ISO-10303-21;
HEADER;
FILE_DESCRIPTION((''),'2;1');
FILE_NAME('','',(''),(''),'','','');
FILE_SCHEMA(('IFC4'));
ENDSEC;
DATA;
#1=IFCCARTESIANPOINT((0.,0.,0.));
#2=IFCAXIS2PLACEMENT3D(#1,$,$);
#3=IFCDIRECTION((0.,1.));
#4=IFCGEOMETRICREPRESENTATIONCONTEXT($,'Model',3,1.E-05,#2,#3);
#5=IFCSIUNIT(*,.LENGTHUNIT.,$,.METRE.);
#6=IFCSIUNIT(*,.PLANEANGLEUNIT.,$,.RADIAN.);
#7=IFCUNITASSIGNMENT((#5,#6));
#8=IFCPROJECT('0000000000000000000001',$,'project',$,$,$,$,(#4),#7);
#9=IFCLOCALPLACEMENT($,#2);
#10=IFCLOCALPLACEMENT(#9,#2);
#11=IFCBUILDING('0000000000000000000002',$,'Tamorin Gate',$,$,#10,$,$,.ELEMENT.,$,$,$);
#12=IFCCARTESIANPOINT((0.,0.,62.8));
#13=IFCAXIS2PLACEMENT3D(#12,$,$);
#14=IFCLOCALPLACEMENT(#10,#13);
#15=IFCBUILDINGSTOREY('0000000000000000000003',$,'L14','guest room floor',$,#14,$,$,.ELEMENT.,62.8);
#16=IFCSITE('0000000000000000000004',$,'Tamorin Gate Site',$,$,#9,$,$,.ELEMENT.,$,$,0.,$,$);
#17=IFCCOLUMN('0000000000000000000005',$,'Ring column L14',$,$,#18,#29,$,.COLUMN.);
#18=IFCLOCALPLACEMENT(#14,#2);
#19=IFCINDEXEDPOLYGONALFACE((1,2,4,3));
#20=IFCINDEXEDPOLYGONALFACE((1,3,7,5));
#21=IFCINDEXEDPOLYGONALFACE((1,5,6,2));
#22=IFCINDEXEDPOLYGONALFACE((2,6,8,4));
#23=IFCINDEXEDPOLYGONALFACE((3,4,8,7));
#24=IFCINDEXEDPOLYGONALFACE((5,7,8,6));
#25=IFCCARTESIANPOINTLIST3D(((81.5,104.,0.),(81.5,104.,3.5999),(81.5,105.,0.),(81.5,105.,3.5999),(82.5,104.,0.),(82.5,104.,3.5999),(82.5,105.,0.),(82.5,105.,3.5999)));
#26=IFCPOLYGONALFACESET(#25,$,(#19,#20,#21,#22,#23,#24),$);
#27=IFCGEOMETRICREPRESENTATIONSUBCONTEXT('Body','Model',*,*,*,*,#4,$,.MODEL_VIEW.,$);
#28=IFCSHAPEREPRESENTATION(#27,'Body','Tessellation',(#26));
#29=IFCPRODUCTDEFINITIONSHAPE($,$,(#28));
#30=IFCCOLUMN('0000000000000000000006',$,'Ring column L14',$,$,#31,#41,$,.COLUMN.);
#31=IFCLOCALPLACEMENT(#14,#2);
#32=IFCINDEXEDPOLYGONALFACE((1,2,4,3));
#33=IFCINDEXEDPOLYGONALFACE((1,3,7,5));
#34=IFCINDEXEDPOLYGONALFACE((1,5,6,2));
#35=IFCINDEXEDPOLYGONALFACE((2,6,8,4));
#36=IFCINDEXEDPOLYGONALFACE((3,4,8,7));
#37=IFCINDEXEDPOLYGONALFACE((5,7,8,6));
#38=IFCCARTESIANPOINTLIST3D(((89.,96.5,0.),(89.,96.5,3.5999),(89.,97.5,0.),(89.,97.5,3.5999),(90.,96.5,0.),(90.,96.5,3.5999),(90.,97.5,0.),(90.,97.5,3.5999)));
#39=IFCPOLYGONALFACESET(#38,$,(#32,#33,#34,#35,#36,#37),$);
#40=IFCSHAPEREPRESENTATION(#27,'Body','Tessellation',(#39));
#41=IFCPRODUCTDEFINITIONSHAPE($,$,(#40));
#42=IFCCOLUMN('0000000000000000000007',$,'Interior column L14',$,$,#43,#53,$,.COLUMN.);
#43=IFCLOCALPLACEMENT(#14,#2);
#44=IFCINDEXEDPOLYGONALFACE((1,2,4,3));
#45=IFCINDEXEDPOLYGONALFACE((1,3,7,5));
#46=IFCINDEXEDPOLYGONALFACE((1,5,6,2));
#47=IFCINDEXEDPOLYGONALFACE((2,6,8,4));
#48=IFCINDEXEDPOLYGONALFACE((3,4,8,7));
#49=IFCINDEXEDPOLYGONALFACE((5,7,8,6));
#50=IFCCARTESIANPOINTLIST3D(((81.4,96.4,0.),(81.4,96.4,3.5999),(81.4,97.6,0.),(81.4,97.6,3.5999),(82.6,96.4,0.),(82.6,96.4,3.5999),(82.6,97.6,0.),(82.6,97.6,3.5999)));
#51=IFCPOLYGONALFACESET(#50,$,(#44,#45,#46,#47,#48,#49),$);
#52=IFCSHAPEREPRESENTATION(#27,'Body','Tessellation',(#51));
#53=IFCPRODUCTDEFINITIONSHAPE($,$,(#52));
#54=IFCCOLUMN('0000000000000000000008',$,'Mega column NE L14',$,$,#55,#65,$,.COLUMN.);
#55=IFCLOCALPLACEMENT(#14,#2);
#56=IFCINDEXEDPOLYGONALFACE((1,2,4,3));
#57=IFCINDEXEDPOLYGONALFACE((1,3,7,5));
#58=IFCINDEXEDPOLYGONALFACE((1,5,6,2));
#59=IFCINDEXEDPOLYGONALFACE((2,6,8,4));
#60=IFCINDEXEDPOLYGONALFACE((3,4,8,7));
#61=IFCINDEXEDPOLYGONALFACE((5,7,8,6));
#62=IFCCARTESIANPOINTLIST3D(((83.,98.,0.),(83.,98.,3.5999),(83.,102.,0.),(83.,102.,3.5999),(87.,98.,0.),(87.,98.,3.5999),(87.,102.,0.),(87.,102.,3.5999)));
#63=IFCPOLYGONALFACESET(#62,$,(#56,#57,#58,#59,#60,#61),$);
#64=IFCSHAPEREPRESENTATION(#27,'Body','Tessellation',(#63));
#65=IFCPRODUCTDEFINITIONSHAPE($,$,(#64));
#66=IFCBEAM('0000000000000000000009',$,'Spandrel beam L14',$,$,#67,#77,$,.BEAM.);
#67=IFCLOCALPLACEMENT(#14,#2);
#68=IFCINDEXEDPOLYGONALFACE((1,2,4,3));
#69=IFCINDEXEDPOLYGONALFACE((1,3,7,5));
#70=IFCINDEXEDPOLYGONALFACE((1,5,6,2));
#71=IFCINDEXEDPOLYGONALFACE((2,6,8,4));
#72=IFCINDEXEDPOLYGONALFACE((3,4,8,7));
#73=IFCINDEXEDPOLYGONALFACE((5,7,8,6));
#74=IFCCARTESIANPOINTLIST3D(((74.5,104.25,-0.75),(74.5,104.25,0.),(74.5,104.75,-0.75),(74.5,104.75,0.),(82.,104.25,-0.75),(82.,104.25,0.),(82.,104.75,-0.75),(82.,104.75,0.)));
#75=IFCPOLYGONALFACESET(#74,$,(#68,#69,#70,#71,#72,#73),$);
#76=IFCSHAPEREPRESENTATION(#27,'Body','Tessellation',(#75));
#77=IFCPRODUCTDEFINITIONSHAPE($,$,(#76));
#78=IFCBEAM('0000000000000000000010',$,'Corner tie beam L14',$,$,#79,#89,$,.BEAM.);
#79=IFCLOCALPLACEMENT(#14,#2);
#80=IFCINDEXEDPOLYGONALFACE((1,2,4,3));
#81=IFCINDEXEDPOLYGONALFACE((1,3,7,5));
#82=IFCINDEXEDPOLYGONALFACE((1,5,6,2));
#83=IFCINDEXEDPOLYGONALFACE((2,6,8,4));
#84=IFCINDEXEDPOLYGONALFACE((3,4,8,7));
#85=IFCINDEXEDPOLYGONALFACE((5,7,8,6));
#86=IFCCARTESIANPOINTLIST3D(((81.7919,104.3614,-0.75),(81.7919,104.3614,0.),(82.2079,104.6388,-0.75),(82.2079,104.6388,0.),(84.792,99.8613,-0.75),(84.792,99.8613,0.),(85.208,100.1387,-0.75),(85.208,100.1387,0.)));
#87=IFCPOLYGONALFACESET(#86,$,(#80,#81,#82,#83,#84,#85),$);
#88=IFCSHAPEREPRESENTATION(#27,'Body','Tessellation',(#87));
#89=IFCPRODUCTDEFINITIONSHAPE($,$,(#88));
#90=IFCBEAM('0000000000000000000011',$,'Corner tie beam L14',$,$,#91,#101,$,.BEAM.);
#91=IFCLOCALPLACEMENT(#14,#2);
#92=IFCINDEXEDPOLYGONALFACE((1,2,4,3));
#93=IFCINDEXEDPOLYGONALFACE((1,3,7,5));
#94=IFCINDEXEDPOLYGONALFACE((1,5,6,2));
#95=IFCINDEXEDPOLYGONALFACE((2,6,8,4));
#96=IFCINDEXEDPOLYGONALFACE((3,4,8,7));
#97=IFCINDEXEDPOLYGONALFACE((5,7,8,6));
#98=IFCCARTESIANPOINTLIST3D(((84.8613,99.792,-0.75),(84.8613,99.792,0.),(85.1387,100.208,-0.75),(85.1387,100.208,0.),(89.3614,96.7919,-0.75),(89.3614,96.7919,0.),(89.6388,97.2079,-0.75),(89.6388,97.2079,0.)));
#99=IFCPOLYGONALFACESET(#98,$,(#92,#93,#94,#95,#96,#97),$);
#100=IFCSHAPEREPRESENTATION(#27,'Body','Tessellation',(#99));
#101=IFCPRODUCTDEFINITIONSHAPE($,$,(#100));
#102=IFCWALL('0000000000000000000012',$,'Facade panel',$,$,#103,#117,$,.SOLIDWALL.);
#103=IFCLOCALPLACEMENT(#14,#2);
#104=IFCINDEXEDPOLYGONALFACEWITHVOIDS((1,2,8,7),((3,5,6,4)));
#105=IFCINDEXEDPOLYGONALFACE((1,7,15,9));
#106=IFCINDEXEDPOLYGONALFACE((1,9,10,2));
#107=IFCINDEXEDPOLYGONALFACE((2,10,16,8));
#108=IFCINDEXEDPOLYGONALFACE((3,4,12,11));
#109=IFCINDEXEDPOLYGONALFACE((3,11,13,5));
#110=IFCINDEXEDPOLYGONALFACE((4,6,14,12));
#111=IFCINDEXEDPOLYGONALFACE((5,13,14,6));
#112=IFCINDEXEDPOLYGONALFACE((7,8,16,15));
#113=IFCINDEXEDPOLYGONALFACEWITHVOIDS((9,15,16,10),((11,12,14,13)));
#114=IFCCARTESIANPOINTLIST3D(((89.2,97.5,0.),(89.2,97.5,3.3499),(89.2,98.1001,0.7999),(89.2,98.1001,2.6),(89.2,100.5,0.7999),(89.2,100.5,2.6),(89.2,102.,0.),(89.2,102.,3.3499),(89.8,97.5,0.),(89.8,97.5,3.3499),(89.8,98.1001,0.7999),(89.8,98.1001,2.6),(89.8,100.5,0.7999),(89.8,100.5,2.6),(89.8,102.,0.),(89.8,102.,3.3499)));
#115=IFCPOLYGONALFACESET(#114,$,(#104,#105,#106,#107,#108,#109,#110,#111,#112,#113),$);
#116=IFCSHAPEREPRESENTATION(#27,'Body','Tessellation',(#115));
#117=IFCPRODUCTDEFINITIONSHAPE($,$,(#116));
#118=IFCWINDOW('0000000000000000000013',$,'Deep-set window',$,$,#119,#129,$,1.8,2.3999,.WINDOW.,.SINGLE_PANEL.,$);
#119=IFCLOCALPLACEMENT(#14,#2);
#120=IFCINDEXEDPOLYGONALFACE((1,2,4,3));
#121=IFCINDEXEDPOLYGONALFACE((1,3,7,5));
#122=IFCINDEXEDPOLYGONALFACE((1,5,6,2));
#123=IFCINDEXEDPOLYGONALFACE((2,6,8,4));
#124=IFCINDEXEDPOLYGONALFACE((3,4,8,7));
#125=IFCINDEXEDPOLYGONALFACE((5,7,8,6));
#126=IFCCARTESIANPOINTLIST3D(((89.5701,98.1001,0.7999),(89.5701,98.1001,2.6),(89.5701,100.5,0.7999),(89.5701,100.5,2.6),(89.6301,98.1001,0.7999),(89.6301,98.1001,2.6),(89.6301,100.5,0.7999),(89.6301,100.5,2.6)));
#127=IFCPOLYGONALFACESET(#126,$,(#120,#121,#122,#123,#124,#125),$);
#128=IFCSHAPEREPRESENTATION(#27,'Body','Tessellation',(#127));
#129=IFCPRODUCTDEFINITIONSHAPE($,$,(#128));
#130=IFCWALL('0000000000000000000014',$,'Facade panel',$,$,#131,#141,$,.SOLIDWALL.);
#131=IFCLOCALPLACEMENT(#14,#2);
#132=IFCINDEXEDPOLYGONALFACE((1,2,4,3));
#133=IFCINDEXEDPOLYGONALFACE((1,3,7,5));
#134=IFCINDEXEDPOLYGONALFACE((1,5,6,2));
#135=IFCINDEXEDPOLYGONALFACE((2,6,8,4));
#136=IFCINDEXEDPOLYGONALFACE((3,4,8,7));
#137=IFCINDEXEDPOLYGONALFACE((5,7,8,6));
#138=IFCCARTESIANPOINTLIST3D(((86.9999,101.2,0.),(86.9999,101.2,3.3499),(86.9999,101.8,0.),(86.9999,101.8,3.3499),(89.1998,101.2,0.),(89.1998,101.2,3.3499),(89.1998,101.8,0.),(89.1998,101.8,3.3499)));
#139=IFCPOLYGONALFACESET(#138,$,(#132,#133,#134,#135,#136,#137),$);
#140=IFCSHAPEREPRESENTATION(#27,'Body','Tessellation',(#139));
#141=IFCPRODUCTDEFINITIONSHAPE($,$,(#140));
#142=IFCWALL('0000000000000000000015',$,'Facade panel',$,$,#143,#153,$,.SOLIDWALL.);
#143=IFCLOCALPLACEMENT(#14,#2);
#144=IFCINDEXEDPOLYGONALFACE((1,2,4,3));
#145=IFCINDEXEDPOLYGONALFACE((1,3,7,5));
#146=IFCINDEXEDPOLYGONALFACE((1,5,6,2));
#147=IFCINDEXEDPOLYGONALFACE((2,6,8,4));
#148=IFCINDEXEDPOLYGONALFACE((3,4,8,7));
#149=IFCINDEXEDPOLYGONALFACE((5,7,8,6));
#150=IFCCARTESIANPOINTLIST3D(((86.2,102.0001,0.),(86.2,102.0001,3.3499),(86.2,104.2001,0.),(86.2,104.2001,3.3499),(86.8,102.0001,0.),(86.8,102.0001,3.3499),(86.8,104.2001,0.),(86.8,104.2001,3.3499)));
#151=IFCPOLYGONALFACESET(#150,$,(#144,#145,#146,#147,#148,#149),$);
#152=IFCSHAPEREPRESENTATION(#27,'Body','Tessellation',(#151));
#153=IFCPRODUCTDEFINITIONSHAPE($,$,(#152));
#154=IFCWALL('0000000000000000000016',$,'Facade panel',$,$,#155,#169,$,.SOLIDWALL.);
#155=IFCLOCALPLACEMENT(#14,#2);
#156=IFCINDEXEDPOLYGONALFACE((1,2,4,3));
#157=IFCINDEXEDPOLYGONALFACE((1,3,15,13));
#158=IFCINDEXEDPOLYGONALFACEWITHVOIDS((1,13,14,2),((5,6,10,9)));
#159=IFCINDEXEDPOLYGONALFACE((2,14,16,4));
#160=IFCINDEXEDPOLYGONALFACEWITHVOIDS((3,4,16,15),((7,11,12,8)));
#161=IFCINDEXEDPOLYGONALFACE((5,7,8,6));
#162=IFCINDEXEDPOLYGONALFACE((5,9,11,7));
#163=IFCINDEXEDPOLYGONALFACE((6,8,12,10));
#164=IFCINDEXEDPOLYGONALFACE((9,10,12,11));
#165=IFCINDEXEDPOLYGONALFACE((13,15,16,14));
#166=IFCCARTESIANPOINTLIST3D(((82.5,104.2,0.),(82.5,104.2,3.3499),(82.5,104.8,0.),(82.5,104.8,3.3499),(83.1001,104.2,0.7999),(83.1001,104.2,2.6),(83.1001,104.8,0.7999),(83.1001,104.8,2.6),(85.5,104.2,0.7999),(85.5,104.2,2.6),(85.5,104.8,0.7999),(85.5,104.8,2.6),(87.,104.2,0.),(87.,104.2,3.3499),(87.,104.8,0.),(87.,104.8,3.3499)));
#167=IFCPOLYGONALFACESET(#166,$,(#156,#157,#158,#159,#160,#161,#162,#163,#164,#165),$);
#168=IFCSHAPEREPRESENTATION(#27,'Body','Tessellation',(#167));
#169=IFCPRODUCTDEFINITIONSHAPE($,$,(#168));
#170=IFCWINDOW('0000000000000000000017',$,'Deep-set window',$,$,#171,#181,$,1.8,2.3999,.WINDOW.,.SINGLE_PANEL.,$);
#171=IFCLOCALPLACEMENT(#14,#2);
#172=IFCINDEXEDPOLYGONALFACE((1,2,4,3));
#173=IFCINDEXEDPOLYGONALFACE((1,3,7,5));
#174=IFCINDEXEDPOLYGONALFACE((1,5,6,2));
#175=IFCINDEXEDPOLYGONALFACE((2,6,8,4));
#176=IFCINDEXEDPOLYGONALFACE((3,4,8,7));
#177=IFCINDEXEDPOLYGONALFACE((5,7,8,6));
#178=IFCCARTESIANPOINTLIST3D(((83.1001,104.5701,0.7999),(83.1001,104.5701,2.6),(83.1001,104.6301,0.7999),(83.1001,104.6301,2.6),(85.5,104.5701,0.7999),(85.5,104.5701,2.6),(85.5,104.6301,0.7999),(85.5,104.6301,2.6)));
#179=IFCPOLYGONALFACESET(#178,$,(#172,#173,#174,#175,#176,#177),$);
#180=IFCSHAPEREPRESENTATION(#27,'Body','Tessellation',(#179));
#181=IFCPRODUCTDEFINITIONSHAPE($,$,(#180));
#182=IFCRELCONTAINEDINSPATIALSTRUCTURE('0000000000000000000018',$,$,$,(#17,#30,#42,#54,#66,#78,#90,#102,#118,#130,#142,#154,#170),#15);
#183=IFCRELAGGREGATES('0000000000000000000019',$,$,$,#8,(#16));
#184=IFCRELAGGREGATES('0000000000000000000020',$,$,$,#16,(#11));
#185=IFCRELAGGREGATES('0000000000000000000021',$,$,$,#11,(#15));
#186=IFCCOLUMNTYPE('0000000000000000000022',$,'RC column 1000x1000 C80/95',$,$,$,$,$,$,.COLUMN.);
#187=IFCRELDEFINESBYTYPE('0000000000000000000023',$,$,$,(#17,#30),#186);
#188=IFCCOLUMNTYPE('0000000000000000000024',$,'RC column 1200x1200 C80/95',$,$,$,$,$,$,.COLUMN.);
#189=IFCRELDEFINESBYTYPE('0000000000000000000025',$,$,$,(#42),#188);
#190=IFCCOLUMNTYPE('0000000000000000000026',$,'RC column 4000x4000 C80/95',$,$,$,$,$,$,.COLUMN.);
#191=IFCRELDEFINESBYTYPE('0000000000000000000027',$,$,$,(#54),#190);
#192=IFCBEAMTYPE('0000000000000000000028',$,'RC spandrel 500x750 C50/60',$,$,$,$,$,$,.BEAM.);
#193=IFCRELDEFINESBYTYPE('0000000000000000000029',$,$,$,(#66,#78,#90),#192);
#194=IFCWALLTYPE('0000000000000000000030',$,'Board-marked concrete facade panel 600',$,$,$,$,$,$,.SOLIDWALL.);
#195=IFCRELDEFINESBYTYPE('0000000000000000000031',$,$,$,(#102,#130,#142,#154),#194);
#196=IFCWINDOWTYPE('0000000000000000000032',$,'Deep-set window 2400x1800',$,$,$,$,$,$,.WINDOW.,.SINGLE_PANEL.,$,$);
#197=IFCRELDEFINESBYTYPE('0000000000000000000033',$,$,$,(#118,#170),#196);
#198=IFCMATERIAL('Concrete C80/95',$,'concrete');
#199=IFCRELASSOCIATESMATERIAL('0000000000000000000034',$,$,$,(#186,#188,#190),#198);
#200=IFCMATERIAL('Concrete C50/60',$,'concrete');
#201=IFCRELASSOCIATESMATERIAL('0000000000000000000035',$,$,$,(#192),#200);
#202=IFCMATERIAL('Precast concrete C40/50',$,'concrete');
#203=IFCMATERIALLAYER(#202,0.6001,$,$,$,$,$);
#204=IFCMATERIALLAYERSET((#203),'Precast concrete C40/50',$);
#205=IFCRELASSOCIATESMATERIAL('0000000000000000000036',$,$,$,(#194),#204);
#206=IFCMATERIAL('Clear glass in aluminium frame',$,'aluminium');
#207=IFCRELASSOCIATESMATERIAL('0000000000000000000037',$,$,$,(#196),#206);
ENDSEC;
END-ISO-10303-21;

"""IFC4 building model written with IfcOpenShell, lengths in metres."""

from ifc_helpers import new_model, si_unit, direction, frame, frame_2d, origin, origin_2d, place, context, subcontext, project, spatial, rectangle, extrude, material, layer, layer_set, material_profile, profile_set, type_object, element, fill, save


model = new_model("IFC4")

# Units and contexts
model_context = context("Model", 3, precision=1e-05, world=origin(), true_north=direction((0.0, 1.0)))
body_context = subcontext(model_context, "Body", "Model", "MODEL_VIEW")
ifc_project = project(units=[si_unit("LENGTHUNIT", "METRE"), si_unit("PLANEANGLEUNIT", "RADIAN")], contexts=[model_context])

# Site, building, storey
site_placement = place(None, origin())
site = spatial("IfcSite", under=ifc_project, at=site_placement, Name="Tamorin Gate Site", CompositionType="ELEMENT", RefElevation=0.0)
building_placement = place(site_placement, origin())
building = spatial("IfcBuilding", under=site, at=building_placement, Name="Tamorin Gate", CompositionType="ELEMENT")
storey_placement = place(building_placement, frame((0.0, 0.0, 62.8)))
storey = spatial("IfcBuildingStorey", under=building, at=storey_placement, Name="L14", Description="guest room floor", CompositionType="ELEMENT", Elevation=62.8)

# Columns
ifc_material_1 = material(Name="Concrete C80/95", Category="concrete")
ifc_material_profile_1 = material_profile(ifc_material_1, rectangle(XDim=1.0, YDim=1.0, at=origin_2d()), Name="RC 1000x1000")
ifc_profile_set_1 = profile_set([ifc_material_profile_1], Name="Concrete C80/95")
column_type_1 = type_object("IfcColumnType", Name="RC column 1000x1000 C80/95", PredefinedType="COLUMN", material=ifc_profile_set_1)
for number, where, z_axis, x_axis, name in (
    (1, (82.0, 104.5, 0.0), (0.0, 0.0, 1.0), (1.0, 0.0, 0.0), "Ring column L14"),
    (2, (89.5, 97.0, 0.0), (0.0, 0.0, 1.0), (1.0, 0.0, 0.0), "Ring column L14"),
):
    element("IfcColumn", number, at=place(storey_placement, frame(where, z_axis=z_axis, x_axis=x_axis)), inside=storey, type_object=column_type_1, Name=name, PredefinedType="COLUMN", context=body_context, shape_type="SweptSolid", body=[
        extrude(rectangle(XDim=1.0, YDim=1.0, at=origin_2d()), origin(), (0.0, 0.0, 1.0), 3.5999),
    ])
ifc_material_profile_2 = material_profile(ifc_material_1, rectangle(XDim=1.2, YDim=1.2, at=origin_2d()), Name="RC 1200x1200")
ifc_profile_set_2 = profile_set([ifc_material_profile_2], Name="Concrete C80/95")
column_type_2 = type_object("IfcColumnType", Name="RC column 1200x1200 C80/95", PredefinedType="COLUMN", material=ifc_profile_set_2)
column_1_placement = place(storey_placement, frame((82.0, 97.0, 0.0), z_axis=(0.0, 0.0, 1.0), x_axis=(1.0, 0.0, 0.0)))
element("IfcColumn", 3, at=column_1_placement, inside=storey, type_object=column_type_2, Name="Interior column L14", PredefinedType="COLUMN", context=body_context, shape_type="SweptSolid", body=[
    extrude(rectangle(XDim=1.2, YDim=1.2, at=origin_2d()), origin(), (0.0, 0.0, 1.0), 3.5999),
])
ifc_material_profile_3 = material_profile(ifc_material_1, rectangle(XDim=4.0, YDim=4.0, at=origin_2d()), Name="RC 4000x4000")
ifc_profile_set_3 = profile_set([ifc_material_profile_3], Name="Concrete C80/95")
column_type_3 = type_object("IfcColumnType", Name="RC column 4000x4000 C80/95", PredefinedType="COLUMN", material=ifc_profile_set_3)
column_2_placement = place(storey_placement, frame((85.0, 100.0, 0.0), z_axis=(0.0, 0.0, 1.0), x_axis=(1.0, 0.0, 0.0)))
element("IfcColumn", 4, at=column_2_placement, inside=storey, type_object=column_type_3, Name="Mega column NE L14", PredefinedType="COLUMN", context=body_context, shape_type="SweptSolid", body=[
    extrude(rectangle(XDim=4.0, YDim=4.0, at=origin_2d()), origin(), (0.0, 0.0, 1.0), 3.5999),
])

# Beams
ifc_material_2 = material(Name="Concrete C50/60", Category="concrete")
ifc_material_profile_4 = material_profile(ifc_material_2, rectangle(XDim=0.5, YDim=0.75, at=origin_2d()), Name="RC 500x750")
ifc_profile_set_4 = profile_set([ifc_material_profile_4], Name="Concrete C50/60")
beam_type = type_object("IfcBeamType", Name="RC spandrel 500x750 C50/60", PredefinedType="BEAM", material=ifc_profile_set_4)
beam_placement = place(storey_placement, frame((82.0, 104.5, -0.375), z_axis=(-1.0, 0.0, 0.0), x_axis=(0.0, -1.0, 0.0)))
element("IfcBeam", 5, at=beam_placement, inside=storey, type_object=beam_type, Name="Spandrel beam L14", PredefinedType="BEAM", context=body_context, shape_type="SweptSolid", body=[
    extrude(rectangle(XDim=0.5, YDim=0.75, at=origin_2d()), origin(), (0.0, 0.0, 1.0), 7.5),
])
for number, where, z_axis, x_axis, name in (
    (6, (85.0, 100.0, -0.375), (-0.5547, 0.83205, 0.0), (-0.83205, -0.5547, 0.0), "Corner tie beam L14"),
    (7, (85.0, 100.0, -0.375), (0.83205, -0.5547, 0.0), (0.5547, 0.83205, 0.0), "Corner tie beam L14"),
):
    element("IfcBeam", number, at=place(storey_placement, frame(where, z_axis=z_axis, x_axis=x_axis)), inside=storey, type_object=beam_type, Name=name, PredefinedType="BEAM", context=body_context, shape_type="SweptSolid", body=[
        extrude(rectangle(XDim=0.5, YDim=0.75, at=origin_2d()), origin(), (0.0, 0.0, 1.0), 5.4084),
    ])

# Wall, opening, window
ifc_material_3 = material(Name="Precast concrete C40/50", Category="concrete")
ifc_layer_1 = layer(ifc_material_3, 0.6001)
ifc_layer_set_1 = layer_set([ifc_layer_1], Name="Precast concrete C40/50")
wall_type_1 = type_object("IfcWallType", Name="Board-marked concrete facade panel 600", PredefinedType="SOLIDWALL", material=ifc_layer_set_1)
wall_1_placement = place(storey_placement, frame((89.5, 97.5, 0.0), z_axis=(0.0, 0.0, 1.0), x_axis=(0.0, 1.0, 0.0)))
wall_1 = element("IfcWall", 8, at=wall_1_placement, inside=storey, type_object=wall_type_1, Name="Facade panel", PredefinedType="SOLIDWALL", context=body_context, shape_type="SweptSolid", body=[
    extrude(rectangle(XDim=4.5, YDim=0.6001, at=frame_2d((2.25, 0.0))), origin(), (0.0, 0.0, 1.0), 3.3499),
])
opening_1_placement = place(wall_1_placement, frame((0.6001, 0.0, 0.8)))
opening_1 = element("IfcOpeningElement", 9, at=opening_1_placement, cuts=wall_1, PredefinedType="OPENING", context=body_context, shape_type="SweptSolid", body=[
    extrude(rectangle(XDim=2.3999, YDim=1.8, at=frame_2d((1.2, 0.8999))), frame((0.0, 0.3101, 0.0), z_axis=(0.0, -1.0, 0.0), x_axis=(1.0, 0.0, 0.0)), (0.0, 0.0, 1.0), 0.6201),
])
ifc_material_4 = material(Name="Clear glass in aluminium frame", Category="aluminium")
window_type = type_object("IfcWindowType", Name="Deep-set window 2400x1800", PartitioningType="SINGLE_PANEL", PredefinedType="WINDOW", material=ifc_material_4)
window_1_placement = place(opening_1_placement, origin())
window_1 = element("IfcWindow", 10, at=window_1_placement, inside=storey, type_object=window_type, Name="Deep-set window", OverallHeight=1.8, OverallWidth=2.3999, PartitioningType="SINGLE_PANEL", PredefinedType="WINDOW", context=body_context, shape_type="SweptSolid", body=[
    extrude(rectangle(XDim=2.3999, YDim=1.8, at=frame_2d((1.2, 0.8999))), frame((0.0, -0.0701, 0.0), z_axis=(0.0, -1.0, 0.0), x_axis=(1.0, 0.0, 0.0)), (0.0, 0.0, 1.0), 0.0601),
])
fill(opening_1, window_1)

# Walls
for number, where, z_axis, x_axis, name in (
    (11, (89.2, 101.5, 0.0), (0.0, 0.0, 1.0), (-1.0, 0.0, 0.0), "Facade panel"),
    (12, (86.5, 102.0, 0.0), (0.0, 0.0, 1.0), (0.0, 1.0, 0.0), "Facade panel"),
):
    element("IfcWall", number, at=place(storey_placement, frame(where, z_axis=z_axis, x_axis=x_axis)), inside=storey, type_object=wall_type_1, Name=name, PredefinedType="SOLIDWALL", context=body_context, shape_type="SweptSolid", body=[
        extrude(rectangle(XDim=2.2, YDim=0.6001, at=frame_2d((1.1001, 0.0))), origin(), (0.0, 0.0, 1.0), 3.3499),
    ])

# Wall, opening, window
wall_2_placement = place(storey_placement, frame((87.0, 104.5, 0.0), z_axis=(0.0, 0.0, 1.0), x_axis=(-1.0, 0.0, 0.0)))
wall_2 = element("IfcWall", 13, at=wall_2_placement, inside=storey, type_object=wall_type_1, Name="Facade panel", PredefinedType="SOLIDWALL", context=body_context, shape_type="SweptSolid", body=[
    extrude(rectangle(XDim=4.5, YDim=0.6001, at=frame_2d((2.25, 0.0))), origin(), (0.0, 0.0, 1.0), 3.3499),
])
opening_2_placement = place(wall_2_placement, frame((1.5, 0.0, 0.8)))
opening_2 = element("IfcOpeningElement", 14, at=opening_2_placement, cuts=wall_2, PredefinedType="OPENING", context=body_context, shape_type="SweptSolid", body=[
    extrude(rectangle(XDim=2.3999, YDim=1.8, at=frame_2d((1.2, 0.8999))), frame((0.0, 0.3101, 0.0), z_axis=(0.0, -1.0, 0.0), x_axis=(1.0, 0.0, 0.0)), (0.0, 0.0, 1.0), 0.6201),
])
window_2_placement = place(opening_2_placement, origin())
window_2 = element("IfcWindow", 15, at=window_2_placement, inside=storey, type_object=window_type, Name="Deep-set window", OverallHeight=1.8, OverallWidth=2.3999, PartitioningType="SINGLE_PANEL", PredefinedType="WINDOW", context=body_context, shape_type="SweptSolid", body=[
    extrude(rectangle(XDim=2.3999, YDim=1.8, at=frame_2d((1.2, 0.8999))), frame((0.0, -0.0701, 0.0), z_axis=(0.0, -1.0, 0.0), x_axis=(1.0, 0.0, 0.0)), (0.0, 0.0, 1.0), 0.0601),
])
fill(opening_2, window_2)

save(model, "model.ifc")
